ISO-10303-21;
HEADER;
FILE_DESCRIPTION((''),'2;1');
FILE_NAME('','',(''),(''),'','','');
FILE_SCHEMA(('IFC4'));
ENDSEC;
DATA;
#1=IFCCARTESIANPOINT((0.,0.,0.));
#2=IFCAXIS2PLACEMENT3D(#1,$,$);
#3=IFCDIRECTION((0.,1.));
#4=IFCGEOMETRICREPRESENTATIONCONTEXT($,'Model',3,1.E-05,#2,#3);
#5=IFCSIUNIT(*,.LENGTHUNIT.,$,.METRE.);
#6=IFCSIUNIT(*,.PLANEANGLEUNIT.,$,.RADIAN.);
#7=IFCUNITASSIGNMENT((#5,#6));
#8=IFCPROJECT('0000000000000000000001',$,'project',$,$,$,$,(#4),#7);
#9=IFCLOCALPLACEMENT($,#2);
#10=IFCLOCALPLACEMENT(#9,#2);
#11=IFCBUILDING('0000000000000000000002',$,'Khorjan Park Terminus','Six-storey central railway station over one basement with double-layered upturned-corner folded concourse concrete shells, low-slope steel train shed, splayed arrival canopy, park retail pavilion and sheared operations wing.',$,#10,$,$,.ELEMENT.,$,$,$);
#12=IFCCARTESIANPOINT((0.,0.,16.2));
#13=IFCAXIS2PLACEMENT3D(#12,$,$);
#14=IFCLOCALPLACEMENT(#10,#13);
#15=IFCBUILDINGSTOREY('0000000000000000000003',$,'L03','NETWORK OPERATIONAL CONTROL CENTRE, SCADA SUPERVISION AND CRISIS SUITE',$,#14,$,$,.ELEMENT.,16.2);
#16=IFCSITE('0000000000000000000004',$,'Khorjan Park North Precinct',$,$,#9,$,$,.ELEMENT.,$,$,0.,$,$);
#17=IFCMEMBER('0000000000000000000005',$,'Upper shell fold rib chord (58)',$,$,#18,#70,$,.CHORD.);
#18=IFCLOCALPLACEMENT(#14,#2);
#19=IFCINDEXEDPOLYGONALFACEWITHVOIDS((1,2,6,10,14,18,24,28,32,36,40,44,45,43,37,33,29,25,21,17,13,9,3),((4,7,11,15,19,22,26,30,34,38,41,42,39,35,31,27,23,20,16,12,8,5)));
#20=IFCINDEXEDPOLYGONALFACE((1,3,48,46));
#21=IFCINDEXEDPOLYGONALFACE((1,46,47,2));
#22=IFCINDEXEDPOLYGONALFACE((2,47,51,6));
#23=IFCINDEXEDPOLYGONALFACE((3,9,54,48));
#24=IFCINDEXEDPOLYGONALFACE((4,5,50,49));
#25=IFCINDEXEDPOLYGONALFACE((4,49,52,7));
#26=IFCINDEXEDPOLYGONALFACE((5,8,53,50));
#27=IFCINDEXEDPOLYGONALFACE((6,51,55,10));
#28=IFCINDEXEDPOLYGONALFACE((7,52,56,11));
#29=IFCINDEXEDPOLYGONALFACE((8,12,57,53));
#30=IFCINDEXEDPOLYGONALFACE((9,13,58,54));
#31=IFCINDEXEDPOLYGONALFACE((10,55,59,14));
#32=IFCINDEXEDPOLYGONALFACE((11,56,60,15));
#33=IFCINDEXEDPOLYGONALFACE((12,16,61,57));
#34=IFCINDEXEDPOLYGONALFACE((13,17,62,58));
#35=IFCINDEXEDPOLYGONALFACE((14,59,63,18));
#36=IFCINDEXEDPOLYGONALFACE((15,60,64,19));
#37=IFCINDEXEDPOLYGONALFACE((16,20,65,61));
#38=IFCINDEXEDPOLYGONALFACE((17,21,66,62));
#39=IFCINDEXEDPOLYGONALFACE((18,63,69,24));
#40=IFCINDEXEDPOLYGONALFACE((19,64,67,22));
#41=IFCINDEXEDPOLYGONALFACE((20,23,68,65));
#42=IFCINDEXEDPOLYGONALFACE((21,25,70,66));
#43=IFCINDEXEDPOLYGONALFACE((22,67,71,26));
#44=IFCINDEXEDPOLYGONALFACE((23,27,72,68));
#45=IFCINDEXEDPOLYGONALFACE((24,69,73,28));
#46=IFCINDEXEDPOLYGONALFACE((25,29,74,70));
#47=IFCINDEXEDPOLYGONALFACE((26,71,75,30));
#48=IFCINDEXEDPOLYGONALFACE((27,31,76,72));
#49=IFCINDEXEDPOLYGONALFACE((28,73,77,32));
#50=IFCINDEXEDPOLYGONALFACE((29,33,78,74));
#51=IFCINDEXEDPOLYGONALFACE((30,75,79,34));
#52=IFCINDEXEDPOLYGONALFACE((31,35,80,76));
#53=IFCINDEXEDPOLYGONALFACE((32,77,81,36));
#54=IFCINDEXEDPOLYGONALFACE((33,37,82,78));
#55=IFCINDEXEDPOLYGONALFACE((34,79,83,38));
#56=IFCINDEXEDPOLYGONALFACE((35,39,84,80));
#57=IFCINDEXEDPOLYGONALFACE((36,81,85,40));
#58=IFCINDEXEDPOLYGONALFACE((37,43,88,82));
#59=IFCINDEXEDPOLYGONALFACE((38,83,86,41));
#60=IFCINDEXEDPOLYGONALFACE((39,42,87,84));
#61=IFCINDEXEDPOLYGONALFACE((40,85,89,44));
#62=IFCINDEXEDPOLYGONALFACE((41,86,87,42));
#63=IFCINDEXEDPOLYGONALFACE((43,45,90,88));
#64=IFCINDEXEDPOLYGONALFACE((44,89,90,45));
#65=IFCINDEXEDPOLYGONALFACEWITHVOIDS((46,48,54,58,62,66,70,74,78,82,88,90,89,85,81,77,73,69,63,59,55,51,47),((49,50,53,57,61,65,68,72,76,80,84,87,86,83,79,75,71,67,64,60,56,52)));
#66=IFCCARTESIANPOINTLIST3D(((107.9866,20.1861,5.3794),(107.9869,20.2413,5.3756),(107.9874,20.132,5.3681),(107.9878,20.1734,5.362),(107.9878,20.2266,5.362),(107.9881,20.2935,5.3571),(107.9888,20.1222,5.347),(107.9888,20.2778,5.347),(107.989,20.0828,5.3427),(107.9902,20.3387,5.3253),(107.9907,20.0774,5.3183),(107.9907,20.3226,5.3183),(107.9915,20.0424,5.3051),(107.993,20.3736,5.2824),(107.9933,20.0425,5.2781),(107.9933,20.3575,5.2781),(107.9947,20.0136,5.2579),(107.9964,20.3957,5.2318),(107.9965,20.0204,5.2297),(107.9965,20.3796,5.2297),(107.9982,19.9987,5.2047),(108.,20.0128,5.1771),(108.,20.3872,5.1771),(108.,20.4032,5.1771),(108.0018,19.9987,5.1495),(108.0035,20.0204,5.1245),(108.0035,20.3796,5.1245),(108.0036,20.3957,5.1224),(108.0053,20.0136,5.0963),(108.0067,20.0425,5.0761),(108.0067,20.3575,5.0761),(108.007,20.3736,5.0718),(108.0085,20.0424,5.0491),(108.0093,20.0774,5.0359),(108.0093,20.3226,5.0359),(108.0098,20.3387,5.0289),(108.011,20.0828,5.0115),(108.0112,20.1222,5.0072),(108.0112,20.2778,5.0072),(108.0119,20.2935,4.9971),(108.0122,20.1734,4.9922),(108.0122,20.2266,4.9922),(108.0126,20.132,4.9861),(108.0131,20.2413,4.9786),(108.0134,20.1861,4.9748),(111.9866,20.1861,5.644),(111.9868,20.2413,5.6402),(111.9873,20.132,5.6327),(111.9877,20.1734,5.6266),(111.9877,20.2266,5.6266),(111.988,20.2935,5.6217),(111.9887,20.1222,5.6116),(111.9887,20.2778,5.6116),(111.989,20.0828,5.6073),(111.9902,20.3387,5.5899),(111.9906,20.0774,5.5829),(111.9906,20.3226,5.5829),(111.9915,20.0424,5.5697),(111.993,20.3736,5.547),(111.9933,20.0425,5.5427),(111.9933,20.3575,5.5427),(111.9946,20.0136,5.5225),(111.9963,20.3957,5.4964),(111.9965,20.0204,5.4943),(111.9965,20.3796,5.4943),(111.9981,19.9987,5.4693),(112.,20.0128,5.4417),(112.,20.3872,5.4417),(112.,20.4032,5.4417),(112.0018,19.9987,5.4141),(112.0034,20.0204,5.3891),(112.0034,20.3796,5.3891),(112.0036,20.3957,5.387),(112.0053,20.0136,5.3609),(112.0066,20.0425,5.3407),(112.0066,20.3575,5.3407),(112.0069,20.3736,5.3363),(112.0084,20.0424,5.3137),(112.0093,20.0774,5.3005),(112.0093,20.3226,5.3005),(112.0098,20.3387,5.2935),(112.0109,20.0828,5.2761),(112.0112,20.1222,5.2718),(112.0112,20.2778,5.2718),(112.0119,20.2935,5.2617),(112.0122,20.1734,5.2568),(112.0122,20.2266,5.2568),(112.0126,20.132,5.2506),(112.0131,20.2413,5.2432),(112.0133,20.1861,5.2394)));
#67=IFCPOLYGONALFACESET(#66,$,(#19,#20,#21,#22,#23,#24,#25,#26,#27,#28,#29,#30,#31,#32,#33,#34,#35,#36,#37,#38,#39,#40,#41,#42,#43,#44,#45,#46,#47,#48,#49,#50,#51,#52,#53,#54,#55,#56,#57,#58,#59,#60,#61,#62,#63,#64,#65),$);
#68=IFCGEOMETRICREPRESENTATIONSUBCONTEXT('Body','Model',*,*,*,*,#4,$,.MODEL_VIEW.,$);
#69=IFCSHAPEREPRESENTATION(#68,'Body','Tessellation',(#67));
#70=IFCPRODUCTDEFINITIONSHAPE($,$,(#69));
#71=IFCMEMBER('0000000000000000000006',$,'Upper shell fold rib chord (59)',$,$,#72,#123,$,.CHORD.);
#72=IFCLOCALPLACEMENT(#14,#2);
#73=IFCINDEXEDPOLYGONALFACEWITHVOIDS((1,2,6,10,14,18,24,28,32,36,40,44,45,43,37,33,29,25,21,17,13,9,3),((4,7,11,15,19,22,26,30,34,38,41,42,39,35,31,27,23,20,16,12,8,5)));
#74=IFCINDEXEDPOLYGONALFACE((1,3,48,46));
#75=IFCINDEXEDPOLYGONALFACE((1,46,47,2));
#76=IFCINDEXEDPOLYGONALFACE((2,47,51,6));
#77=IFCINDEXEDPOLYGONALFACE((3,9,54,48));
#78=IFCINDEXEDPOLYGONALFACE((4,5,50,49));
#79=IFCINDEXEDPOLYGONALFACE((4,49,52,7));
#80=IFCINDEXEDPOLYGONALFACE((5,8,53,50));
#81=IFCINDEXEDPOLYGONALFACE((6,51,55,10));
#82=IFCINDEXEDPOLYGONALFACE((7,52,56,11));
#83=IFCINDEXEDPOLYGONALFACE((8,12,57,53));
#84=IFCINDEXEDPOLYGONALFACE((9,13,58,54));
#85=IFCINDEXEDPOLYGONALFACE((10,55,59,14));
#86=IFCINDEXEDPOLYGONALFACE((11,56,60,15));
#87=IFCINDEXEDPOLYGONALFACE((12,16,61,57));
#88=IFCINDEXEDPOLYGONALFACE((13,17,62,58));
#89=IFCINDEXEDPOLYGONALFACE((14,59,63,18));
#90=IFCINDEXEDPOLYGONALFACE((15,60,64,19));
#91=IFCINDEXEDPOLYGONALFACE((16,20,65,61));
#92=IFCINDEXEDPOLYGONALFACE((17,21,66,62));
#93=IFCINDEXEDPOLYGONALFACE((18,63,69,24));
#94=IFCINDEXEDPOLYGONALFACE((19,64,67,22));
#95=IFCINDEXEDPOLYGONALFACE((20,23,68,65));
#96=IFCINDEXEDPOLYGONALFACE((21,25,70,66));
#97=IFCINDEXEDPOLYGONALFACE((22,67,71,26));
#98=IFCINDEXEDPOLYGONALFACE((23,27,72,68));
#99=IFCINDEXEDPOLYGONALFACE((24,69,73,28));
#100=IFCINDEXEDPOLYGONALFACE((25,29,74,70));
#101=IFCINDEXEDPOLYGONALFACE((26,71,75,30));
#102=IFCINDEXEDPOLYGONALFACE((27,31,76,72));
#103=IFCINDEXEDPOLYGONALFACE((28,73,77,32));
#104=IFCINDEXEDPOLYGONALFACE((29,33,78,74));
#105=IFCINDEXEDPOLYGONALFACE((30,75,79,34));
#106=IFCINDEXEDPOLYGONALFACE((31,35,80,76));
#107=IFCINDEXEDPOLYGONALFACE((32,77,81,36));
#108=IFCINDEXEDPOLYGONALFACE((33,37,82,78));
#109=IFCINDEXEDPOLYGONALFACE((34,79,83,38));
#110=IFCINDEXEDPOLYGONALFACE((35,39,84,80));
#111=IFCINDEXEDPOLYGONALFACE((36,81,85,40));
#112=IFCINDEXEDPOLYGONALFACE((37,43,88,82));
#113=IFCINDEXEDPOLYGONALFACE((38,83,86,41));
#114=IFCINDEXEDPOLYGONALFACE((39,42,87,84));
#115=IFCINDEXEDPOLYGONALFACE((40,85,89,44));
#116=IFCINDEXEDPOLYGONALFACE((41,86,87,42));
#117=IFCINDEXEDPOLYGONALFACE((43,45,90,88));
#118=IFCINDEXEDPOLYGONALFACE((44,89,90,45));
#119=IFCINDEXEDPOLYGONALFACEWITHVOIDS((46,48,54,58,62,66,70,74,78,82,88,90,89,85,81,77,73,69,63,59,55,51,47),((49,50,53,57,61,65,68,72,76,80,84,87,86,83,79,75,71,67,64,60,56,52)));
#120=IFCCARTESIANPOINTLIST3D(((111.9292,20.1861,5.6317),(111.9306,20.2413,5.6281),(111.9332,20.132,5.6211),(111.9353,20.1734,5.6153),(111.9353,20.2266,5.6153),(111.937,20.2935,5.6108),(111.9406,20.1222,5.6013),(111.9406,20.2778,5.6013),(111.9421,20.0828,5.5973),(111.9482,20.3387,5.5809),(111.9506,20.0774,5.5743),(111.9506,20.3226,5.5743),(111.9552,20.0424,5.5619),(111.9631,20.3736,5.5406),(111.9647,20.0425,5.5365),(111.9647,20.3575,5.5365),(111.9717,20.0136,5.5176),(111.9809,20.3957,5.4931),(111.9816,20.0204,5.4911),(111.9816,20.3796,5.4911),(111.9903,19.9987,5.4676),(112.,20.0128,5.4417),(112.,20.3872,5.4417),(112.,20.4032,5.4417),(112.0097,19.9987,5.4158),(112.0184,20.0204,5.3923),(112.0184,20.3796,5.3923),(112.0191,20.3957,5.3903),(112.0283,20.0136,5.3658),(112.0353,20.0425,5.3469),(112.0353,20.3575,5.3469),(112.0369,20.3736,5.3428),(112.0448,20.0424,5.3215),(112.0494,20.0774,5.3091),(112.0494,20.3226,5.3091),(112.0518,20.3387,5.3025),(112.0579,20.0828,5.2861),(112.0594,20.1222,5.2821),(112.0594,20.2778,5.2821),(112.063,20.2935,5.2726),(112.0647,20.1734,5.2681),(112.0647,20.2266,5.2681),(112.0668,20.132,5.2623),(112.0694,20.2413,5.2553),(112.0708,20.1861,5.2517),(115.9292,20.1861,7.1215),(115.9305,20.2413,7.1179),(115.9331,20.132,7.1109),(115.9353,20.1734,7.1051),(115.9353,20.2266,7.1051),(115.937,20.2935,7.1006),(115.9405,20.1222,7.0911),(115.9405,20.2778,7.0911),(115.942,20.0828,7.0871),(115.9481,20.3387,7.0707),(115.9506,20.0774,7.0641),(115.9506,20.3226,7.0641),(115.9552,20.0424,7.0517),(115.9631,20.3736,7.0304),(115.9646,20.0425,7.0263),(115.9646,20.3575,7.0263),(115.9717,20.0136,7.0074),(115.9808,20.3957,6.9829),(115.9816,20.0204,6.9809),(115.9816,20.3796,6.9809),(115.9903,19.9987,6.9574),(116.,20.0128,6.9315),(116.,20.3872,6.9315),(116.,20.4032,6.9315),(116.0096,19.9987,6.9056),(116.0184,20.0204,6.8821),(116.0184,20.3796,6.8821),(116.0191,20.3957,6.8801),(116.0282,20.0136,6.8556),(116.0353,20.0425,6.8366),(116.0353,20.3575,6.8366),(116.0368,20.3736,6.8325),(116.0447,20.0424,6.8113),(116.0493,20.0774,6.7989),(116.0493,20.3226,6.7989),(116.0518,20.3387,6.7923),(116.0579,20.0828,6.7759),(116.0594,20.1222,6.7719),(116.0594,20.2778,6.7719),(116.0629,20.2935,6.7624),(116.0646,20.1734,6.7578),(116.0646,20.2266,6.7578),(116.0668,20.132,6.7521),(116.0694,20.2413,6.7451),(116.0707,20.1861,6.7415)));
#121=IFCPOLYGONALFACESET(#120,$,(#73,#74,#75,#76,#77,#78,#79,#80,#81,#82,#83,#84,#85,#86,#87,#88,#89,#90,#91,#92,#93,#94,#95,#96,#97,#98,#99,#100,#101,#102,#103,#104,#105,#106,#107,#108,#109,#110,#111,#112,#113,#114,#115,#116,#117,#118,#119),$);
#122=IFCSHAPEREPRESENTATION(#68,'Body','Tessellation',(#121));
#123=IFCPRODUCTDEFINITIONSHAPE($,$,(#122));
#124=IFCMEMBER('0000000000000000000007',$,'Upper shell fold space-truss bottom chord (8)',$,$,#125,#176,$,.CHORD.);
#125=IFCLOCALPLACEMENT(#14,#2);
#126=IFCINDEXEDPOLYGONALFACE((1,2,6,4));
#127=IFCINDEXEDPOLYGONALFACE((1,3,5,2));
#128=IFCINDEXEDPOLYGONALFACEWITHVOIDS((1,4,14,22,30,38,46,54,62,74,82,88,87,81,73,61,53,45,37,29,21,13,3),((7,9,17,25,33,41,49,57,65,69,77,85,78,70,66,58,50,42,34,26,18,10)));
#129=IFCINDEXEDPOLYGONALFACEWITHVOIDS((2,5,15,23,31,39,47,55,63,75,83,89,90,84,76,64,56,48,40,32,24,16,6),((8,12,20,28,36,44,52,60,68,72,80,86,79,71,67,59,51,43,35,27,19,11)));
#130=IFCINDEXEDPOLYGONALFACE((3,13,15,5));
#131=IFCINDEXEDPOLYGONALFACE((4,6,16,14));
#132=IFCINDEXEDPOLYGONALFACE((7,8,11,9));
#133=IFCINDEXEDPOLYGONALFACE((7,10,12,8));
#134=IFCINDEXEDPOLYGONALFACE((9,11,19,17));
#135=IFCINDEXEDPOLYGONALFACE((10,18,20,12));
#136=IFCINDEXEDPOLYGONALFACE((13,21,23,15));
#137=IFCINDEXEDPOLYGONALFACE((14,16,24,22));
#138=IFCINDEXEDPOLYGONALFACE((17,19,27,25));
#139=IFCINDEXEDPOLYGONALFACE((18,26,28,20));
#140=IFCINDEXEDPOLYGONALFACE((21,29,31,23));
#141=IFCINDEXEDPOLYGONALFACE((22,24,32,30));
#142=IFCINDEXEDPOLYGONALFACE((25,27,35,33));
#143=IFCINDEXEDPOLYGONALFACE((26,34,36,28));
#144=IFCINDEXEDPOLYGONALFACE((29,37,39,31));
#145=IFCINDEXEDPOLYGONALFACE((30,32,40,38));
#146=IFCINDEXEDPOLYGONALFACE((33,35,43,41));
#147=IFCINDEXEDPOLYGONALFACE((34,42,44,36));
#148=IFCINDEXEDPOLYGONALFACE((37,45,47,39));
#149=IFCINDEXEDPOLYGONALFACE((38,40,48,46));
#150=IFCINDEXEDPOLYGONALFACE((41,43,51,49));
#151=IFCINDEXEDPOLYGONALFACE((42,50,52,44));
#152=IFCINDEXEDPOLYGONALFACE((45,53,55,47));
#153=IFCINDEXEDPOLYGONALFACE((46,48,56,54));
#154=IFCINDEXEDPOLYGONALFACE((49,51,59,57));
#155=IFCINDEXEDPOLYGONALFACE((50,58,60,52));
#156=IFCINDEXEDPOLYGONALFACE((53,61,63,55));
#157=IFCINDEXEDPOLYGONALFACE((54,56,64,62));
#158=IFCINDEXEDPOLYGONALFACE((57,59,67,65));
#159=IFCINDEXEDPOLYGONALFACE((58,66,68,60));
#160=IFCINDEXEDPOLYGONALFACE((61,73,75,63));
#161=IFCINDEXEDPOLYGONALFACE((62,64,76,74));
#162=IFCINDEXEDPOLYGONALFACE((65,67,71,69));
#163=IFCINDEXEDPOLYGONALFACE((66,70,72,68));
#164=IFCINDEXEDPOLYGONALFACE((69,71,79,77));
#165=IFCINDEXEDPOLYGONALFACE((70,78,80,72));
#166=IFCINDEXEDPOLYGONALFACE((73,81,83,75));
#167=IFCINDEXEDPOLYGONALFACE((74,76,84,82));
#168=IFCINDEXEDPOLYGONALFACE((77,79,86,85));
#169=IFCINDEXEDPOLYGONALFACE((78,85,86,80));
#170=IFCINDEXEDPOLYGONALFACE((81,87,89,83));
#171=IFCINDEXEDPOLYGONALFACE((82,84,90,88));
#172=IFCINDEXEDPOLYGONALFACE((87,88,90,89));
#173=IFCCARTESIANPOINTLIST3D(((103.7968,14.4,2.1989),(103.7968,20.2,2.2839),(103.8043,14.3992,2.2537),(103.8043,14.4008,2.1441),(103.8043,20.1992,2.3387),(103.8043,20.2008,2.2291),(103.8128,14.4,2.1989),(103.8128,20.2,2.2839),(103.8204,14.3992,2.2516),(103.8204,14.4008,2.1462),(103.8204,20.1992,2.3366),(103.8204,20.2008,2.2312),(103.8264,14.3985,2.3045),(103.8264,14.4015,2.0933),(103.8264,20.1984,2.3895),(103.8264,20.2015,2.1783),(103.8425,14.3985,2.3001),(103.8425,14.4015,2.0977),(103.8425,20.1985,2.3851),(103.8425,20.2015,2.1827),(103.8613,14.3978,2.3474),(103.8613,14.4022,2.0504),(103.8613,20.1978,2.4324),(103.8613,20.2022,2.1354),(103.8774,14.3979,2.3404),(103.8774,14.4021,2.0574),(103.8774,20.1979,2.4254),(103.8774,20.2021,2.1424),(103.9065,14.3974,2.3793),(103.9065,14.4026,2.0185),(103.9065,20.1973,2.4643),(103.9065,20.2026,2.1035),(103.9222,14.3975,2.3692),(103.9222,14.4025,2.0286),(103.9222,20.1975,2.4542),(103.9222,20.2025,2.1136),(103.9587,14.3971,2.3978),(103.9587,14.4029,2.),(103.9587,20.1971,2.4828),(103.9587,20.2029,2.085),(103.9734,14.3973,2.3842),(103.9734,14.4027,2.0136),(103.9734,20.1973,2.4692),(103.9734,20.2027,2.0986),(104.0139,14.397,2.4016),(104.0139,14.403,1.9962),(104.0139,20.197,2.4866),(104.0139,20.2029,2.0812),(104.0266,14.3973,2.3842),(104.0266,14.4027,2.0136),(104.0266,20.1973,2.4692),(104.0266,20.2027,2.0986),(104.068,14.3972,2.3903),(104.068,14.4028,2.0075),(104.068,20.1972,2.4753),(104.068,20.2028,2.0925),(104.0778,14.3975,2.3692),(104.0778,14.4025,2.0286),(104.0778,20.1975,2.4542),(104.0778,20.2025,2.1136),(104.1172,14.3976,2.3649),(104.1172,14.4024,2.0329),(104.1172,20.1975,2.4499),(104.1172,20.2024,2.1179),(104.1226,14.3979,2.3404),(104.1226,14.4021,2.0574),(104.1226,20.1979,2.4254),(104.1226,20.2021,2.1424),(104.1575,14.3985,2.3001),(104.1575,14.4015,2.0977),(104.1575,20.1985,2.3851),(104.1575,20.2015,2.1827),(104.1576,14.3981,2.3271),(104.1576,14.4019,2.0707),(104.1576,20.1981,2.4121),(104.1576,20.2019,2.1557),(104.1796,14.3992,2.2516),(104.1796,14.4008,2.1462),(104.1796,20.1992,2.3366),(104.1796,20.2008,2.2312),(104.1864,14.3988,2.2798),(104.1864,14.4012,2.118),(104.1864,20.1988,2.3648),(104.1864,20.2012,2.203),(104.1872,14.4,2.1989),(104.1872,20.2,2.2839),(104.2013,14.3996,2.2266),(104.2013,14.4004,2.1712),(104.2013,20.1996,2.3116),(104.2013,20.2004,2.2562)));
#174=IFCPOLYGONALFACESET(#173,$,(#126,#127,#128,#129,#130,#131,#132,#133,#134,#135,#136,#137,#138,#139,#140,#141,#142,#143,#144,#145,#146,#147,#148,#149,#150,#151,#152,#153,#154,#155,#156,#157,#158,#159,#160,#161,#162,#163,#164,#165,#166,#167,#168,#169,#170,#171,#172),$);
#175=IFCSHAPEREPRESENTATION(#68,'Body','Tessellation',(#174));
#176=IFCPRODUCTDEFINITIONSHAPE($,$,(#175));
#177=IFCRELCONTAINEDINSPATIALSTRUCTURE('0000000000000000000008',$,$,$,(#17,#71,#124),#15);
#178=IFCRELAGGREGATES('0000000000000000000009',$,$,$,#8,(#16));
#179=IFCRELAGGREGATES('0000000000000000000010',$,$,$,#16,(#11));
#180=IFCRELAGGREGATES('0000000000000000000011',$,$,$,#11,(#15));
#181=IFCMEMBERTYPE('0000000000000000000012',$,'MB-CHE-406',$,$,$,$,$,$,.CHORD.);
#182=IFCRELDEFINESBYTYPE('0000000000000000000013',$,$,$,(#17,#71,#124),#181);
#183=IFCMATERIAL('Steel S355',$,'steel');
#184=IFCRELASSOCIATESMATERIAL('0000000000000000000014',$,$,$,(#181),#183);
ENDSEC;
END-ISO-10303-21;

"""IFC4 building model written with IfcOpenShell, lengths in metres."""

from ifc_helpers import new_model, si_unit, direction, frame, origin, origin_2d, place, context, subcontext, project, spatial, hollow_circle, extrude, material, material_profile, profile_set, type_object, element, save


model = new_model("IFC4")

# Units and contexts
model_context = context("Model", 3, precision=1e-05, world=origin(), true_north=direction((0.0, 1.0)))
body_context = subcontext(model_context, "Body", "Model", "MODEL_VIEW")
ifc_project = project(units=[si_unit("LENGTHUNIT", "METRE"), si_unit("PLANEANGLEUNIT", "RADIAN")], contexts=[model_context])

# Site, building, storey
site_placement = place(None, origin())
site = spatial("IfcSite", under=ifc_project, at=site_placement, Name="Khorjan Park North Precinct", CompositionType="ELEMENT", RefElevation=0.0)
building_placement = place(site_placement, origin())
building = spatial("IfcBuilding", under=site, at=building_placement, Name="Khorjan Park Terminus", Description="Six-storey central railway station over one basement with double-layered upturned-corner folded concourse concrete shells, low-slope steel train shed, splayed arrival canopy, park retail pavilion and sheared operations wing.", CompositionType="ELEMENT")
storey_placement = place(building_placement, frame((0.0, 0.0, 16.2)))
storey = spatial("IfcBuildingStorey", under=building, at=storey_placement, Name="L03", Description="NETWORK OPERATIONAL CONTROL CENTRE, SCADA SUPERVISION AND CRISIS SUITE", CompositionType="ELEMENT", Elevation=16.2)

# Members
ifc_material = material(Name="Steel S355", Category="steel")
ifc_material_profile_1 = material_profile(ifc_material, hollow_circle(Radius=0.2032, WallThickness=0.016, at=origin_2d()), Name="CHS 406.4x16")
ifc_profile_set_1 = profile_set([ifc_material_profile_1], Name="Steel S355")
member_type_1 = type_object("IfcMemberType", Name="MB-CHE-406", PredefinedType="CHORD", material=ifc_profile_set_1)
member_1_placement = place(storey_placement, frame((108.0, 20.2, 5.1771), z_axis=(0.997819, 0.0, 0.066006), x_axis=(0.0, 1.0, 0.0)))
element("IfcMember", 1, at=member_1_placement, inside=storey, type_object=member_type_1, Name="Upper shell fold rib chord (58)", PredefinedType="CHORD", context=body_context, shape_type="SweptSolid", body=[
    extrude(hollow_circle(Radius=0.2032, WallThickness=0.016, at=origin_2d()), origin(), (0.0, 0.0, 1.0), 4.0087),
])
member_2_placement = place(storey_placement, frame((112.0, 20.2, 5.4417), z_axis=(0.937112, 0.0, 0.349028), x_axis=(0.0, 1.0, 0.0)))
element("IfcMember", 2, at=member_2_placement, inside=storey, type_object=member_type_1, Name="Upper shell fold rib chord (59)", PredefinedType="CHORD", context=body_context, shape_type="SweptSolid", body=[
    extrude(hollow_circle(Radius=0.2032, WallThickness=0.016, at=origin_2d()), origin(), (0.0, 0.0, 1.0), 4.2684),
])
member_3_placement = place(storey_placement, frame((104.0, 14.4, 2.1989), z_axis=(0.0, 0.999893, 0.014654), x_axis=(-1.0, 0.0, 0.0)))
element("IfcMember", 3, at=member_3_placement, inside=storey, type_object=member_type_1, Name="Upper shell fold space-truss bottom chord (8)", PredefinedType="CHORD", context=body_context, shape_type="SweptSolid", body=[
    extrude(hollow_circle(Radius=0.2032, WallThickness=0.016, at=origin_2d()), origin(), (0.0, 0.0, 1.0), 5.8006),
])

save(model, "model.ifc")
